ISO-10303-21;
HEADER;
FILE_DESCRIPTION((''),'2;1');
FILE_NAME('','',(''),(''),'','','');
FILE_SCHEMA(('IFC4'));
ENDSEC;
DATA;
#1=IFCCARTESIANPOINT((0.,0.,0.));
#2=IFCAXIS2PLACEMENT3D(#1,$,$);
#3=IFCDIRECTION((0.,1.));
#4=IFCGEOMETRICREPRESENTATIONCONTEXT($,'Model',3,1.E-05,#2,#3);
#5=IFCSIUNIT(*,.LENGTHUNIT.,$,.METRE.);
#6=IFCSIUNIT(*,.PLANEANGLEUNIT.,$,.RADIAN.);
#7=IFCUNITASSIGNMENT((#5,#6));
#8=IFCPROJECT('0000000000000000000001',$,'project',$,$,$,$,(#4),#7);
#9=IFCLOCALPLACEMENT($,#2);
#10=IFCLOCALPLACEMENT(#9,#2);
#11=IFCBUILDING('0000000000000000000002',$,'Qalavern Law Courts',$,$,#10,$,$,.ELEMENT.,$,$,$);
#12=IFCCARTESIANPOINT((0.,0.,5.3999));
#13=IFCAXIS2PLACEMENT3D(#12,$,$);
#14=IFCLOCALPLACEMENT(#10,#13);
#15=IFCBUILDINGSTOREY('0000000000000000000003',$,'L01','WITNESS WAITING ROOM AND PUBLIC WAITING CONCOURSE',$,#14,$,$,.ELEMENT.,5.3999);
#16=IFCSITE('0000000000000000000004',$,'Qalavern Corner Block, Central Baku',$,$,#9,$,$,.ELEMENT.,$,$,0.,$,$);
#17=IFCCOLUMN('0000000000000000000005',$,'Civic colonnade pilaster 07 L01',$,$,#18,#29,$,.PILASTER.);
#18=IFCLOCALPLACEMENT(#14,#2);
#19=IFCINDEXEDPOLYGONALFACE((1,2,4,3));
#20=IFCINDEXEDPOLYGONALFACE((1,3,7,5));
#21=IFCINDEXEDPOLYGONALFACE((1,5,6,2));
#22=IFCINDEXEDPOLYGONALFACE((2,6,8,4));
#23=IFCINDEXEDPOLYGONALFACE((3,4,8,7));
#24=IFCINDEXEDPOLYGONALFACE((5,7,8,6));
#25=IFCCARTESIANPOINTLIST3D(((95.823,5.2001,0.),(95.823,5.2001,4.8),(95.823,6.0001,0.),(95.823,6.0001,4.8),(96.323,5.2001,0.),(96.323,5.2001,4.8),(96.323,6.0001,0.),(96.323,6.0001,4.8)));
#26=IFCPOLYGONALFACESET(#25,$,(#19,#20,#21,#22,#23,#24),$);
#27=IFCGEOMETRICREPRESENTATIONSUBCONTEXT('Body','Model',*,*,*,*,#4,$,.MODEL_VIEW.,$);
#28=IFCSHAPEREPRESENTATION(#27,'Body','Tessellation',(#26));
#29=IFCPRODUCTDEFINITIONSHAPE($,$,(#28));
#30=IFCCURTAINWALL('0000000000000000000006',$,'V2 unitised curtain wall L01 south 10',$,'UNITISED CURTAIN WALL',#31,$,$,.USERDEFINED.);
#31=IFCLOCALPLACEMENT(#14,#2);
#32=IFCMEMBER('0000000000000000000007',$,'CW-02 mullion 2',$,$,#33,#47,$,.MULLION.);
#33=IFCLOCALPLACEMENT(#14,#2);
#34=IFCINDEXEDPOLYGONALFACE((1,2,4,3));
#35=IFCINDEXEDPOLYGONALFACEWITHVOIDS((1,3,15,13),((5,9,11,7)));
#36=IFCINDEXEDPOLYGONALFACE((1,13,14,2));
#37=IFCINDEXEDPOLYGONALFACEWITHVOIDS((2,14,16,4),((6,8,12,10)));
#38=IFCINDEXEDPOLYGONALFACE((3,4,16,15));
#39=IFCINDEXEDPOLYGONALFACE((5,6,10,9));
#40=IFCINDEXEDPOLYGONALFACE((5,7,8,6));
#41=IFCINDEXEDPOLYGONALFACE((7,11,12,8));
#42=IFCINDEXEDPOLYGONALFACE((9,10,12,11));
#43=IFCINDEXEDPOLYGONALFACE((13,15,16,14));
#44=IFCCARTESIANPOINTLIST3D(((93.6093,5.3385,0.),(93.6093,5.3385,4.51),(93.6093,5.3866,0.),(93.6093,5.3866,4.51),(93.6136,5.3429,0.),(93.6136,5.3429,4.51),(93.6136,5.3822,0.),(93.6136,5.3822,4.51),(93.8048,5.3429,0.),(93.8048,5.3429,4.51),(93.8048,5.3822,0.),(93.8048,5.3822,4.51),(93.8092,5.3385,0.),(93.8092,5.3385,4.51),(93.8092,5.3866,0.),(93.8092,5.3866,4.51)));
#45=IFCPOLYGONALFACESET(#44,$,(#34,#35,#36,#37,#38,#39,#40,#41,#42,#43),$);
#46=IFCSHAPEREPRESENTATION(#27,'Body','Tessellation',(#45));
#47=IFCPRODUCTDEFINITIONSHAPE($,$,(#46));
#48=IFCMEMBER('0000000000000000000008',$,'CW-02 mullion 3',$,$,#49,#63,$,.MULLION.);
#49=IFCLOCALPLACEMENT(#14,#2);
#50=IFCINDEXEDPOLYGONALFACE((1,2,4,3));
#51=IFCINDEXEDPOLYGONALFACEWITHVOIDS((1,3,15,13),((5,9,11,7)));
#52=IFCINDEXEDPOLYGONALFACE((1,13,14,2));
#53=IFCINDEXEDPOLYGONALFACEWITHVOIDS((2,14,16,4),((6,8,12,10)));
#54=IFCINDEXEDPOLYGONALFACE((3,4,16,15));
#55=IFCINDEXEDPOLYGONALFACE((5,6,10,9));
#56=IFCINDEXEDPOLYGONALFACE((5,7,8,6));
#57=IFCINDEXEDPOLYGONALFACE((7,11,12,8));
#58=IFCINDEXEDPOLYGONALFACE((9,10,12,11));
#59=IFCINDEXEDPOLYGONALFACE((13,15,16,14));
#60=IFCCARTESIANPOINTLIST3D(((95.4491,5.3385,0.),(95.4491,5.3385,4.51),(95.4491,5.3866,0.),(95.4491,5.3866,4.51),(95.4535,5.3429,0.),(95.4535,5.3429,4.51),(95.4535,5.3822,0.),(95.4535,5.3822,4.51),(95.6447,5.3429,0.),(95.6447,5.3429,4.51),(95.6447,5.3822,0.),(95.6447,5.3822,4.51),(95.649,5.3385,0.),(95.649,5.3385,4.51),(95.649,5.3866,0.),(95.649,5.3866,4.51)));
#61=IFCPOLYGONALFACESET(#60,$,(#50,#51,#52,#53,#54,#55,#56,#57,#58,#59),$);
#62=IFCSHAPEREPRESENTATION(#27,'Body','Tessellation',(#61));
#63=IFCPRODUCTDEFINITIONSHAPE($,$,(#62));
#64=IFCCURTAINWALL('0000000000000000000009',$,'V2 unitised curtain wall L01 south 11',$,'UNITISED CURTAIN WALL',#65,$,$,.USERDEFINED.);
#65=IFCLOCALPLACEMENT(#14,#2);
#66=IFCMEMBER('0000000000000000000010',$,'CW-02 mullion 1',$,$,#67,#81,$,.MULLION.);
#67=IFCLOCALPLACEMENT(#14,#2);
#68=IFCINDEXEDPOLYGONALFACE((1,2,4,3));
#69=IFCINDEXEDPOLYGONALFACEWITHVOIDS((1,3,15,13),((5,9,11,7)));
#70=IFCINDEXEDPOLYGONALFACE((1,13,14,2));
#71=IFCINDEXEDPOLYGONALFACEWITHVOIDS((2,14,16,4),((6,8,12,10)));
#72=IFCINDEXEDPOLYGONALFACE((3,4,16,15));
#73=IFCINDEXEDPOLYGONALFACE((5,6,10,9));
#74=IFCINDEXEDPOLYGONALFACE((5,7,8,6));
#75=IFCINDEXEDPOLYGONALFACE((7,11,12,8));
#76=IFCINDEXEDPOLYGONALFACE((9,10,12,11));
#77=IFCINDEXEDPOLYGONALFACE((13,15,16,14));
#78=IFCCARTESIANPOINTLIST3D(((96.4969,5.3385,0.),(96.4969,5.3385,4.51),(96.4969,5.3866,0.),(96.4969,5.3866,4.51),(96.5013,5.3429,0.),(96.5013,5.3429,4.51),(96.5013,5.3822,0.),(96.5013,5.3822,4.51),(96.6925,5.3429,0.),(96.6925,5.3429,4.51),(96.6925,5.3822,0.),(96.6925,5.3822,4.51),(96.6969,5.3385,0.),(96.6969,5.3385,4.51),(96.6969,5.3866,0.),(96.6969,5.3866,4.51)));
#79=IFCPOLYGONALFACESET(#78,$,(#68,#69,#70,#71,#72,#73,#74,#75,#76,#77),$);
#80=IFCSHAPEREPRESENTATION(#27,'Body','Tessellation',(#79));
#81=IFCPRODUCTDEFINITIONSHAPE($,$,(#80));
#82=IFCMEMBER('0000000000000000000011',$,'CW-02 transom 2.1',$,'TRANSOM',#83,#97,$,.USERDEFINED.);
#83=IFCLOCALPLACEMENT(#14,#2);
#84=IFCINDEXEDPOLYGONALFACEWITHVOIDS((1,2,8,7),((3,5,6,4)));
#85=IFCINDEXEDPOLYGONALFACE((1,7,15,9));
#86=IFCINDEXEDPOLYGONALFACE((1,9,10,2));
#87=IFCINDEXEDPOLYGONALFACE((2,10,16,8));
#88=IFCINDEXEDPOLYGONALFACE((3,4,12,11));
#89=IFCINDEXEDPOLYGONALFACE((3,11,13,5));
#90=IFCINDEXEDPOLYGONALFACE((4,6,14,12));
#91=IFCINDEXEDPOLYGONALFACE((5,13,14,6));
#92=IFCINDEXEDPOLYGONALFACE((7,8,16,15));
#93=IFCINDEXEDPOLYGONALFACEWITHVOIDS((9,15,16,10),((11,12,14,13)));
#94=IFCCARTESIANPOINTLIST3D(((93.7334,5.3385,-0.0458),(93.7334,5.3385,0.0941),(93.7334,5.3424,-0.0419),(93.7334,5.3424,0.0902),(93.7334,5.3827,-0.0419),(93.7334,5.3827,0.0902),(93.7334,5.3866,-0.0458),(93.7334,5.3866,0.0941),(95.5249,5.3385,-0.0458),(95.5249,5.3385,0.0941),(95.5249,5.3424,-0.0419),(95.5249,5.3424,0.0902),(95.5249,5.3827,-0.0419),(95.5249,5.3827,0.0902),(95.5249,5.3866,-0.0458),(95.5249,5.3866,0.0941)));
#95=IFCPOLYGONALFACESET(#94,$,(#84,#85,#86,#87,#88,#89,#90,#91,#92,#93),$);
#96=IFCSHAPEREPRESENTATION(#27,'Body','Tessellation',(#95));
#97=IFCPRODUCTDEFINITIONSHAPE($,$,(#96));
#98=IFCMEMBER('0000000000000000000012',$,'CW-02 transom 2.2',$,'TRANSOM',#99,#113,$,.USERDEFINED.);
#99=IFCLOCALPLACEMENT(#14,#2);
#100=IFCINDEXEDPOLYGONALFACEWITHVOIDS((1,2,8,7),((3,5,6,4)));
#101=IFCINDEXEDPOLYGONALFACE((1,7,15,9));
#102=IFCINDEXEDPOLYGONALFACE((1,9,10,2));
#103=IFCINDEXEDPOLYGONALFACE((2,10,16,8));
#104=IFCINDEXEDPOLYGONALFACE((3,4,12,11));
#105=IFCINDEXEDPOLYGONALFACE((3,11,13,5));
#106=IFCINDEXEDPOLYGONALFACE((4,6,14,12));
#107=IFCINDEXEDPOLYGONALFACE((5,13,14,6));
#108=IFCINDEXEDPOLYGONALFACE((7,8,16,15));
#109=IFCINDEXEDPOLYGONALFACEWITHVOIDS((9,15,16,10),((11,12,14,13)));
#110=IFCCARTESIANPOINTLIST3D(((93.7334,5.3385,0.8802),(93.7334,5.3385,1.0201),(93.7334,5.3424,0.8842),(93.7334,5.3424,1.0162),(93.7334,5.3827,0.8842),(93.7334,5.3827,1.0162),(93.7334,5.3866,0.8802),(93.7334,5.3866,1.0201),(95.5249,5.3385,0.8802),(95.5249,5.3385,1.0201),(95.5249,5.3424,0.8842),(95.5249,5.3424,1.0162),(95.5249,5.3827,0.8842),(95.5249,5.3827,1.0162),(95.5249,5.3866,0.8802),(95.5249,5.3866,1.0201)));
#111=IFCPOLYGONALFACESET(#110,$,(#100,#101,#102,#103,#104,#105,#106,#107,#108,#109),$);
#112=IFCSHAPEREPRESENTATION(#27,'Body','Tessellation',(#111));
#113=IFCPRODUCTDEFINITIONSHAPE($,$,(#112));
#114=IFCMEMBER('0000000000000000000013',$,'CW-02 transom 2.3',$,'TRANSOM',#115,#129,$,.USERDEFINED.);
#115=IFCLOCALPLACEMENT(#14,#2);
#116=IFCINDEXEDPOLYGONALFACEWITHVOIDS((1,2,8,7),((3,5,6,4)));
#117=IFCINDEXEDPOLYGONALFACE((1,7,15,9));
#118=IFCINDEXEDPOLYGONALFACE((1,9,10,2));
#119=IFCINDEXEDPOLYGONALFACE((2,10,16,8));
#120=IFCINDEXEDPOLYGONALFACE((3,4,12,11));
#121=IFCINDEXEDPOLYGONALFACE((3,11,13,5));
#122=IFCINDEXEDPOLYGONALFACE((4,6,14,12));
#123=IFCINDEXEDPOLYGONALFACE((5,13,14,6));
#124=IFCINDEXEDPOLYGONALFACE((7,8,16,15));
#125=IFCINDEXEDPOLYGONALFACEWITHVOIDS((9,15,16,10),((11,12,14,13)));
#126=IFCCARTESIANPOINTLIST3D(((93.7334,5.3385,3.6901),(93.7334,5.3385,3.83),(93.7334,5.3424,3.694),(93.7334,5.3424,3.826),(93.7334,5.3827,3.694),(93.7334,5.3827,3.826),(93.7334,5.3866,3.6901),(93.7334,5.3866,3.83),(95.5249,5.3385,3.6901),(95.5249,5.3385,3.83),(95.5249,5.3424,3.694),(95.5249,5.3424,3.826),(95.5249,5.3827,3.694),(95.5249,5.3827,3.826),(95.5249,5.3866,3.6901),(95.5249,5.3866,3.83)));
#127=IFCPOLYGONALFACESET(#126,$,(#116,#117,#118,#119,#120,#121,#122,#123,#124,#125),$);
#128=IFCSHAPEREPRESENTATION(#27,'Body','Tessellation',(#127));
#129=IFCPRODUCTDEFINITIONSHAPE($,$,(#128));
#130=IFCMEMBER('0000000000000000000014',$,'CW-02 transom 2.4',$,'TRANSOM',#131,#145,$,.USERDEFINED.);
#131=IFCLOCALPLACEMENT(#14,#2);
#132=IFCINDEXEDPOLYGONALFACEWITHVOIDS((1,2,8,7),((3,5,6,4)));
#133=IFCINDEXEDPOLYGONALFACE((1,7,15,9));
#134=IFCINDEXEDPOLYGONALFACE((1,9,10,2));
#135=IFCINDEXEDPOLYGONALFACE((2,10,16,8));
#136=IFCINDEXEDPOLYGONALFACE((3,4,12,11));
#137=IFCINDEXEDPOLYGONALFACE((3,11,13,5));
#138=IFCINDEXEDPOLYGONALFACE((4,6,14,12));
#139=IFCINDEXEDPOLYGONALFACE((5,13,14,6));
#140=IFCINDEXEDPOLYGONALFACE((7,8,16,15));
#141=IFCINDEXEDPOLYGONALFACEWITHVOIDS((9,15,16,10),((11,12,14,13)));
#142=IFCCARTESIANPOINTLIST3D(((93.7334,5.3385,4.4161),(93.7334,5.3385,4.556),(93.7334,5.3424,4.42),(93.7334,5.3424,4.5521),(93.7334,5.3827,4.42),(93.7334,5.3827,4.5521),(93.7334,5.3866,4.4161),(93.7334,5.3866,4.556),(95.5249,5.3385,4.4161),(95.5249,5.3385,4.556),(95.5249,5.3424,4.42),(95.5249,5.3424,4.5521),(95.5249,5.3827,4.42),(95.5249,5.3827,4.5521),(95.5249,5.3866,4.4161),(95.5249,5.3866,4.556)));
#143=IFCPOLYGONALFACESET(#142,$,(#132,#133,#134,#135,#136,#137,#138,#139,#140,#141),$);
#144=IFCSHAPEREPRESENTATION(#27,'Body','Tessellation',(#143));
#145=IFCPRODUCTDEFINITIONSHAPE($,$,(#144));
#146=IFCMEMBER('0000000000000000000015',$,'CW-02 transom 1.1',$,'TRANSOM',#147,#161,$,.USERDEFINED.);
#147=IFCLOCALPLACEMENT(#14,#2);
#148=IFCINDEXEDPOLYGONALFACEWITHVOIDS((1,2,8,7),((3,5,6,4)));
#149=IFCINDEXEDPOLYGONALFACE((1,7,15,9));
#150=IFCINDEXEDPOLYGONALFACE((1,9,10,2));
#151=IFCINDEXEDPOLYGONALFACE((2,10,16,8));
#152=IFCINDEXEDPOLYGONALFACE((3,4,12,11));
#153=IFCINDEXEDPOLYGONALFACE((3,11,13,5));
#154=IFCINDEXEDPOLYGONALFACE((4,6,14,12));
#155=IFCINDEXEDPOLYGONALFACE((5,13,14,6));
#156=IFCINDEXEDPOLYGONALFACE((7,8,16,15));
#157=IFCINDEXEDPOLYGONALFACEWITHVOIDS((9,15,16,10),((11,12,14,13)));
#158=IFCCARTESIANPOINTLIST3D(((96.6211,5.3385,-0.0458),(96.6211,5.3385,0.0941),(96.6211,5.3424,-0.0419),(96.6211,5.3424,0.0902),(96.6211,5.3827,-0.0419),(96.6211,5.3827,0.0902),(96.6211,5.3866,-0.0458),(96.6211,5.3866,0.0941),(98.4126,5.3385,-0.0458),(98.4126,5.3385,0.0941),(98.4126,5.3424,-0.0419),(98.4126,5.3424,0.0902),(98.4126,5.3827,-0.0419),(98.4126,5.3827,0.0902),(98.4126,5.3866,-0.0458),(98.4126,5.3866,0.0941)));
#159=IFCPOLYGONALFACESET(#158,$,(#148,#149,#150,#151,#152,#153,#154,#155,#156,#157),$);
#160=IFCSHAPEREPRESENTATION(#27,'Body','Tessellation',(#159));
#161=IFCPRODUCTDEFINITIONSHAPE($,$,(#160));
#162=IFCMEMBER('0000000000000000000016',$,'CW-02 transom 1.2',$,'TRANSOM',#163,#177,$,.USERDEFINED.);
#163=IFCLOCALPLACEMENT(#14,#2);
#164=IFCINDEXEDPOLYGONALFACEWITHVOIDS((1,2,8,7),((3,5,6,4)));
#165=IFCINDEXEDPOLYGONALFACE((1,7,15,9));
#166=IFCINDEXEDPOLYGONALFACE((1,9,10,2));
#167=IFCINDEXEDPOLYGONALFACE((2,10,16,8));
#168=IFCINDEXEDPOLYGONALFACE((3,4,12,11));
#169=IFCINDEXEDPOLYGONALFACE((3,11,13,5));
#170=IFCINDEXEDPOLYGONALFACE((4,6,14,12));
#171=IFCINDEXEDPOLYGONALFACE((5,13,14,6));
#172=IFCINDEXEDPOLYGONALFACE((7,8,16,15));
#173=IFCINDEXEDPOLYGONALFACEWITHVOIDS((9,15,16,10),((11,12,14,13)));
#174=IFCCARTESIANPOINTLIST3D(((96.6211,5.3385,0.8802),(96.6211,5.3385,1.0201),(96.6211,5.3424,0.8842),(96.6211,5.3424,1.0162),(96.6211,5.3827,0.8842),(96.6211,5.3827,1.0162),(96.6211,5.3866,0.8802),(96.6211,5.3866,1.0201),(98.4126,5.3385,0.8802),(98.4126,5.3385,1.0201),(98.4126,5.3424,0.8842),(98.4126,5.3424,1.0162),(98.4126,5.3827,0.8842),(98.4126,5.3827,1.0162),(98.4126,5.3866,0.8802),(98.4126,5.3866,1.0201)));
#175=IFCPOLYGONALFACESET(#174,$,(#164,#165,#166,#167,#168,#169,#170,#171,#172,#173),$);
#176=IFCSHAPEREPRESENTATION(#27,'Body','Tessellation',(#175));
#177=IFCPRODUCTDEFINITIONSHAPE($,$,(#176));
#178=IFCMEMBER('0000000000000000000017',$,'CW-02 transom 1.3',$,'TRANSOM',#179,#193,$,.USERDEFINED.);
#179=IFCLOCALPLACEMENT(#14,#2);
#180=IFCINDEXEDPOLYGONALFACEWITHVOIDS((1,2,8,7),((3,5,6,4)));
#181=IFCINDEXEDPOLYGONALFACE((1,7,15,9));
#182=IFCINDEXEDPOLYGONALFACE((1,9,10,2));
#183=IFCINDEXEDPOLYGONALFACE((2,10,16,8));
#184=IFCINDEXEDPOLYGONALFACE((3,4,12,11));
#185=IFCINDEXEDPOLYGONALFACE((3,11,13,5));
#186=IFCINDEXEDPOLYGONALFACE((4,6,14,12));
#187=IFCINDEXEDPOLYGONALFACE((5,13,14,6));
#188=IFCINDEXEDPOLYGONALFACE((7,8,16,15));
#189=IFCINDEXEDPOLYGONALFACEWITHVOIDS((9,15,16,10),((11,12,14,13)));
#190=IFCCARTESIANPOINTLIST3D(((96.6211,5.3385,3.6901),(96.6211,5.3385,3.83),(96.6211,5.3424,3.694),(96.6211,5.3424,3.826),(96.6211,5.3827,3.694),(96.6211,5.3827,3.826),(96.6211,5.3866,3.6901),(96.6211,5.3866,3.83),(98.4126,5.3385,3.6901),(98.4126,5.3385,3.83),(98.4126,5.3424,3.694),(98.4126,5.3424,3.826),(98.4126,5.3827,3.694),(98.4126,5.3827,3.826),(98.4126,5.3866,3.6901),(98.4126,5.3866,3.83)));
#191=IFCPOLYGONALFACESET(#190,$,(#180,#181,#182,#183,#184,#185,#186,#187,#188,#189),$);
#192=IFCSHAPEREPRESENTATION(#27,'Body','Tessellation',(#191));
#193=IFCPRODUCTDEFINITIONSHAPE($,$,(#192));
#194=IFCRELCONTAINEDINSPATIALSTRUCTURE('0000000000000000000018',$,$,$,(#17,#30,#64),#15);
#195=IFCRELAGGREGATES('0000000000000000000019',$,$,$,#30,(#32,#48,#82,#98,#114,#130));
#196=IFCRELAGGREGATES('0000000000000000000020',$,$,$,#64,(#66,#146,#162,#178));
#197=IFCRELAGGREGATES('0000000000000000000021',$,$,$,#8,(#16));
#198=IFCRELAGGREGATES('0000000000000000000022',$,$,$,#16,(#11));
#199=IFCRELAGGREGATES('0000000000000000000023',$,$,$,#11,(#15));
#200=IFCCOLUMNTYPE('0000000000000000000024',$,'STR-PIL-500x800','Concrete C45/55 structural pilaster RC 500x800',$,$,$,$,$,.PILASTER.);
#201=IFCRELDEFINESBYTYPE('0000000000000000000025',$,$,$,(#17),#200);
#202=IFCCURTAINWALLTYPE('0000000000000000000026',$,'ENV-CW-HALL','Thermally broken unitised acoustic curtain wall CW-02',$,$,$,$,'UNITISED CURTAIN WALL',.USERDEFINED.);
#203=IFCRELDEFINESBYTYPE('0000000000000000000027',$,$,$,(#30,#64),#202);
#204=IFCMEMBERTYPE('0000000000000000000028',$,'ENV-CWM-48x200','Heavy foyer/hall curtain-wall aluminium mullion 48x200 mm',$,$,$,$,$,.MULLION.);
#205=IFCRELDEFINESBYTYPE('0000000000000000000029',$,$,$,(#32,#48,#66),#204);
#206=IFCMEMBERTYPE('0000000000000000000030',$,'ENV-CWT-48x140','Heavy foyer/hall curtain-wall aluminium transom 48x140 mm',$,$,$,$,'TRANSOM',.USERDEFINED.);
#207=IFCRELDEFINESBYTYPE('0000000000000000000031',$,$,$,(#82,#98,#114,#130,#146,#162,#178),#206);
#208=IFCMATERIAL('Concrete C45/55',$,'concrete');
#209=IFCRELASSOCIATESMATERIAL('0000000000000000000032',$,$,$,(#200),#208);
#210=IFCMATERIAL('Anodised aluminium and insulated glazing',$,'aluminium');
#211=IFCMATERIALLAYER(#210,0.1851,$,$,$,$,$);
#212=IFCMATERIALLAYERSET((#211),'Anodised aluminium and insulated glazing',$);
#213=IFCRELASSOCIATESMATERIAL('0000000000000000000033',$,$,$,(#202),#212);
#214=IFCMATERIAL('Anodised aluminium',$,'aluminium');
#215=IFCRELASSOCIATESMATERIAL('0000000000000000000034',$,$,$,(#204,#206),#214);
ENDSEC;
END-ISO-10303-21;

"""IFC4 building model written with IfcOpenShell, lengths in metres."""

from ifc_helpers import new_model, si_unit, direction, frame, origin, origin_2d, place, context, subcontext, project, spatial, rectangle, hollow_rectangle, extrude, material, layer, layer_set, material_profile, profile_set, type_object, element, aggregate, save


model = new_model("IFC4")

# Units and contexts
model_context = context("Model", 3, precision=1e-05, world=origin(), true_north=direction((0.0, 1.0)))
body_context = subcontext(model_context, "Body", "Model", "MODEL_VIEW")
ifc_project = project(units=[si_unit("LENGTHUNIT", "METRE"), si_unit("PLANEANGLEUNIT", "RADIAN")], contexts=[model_context])

# Site, building, storey
site_placement = place(None, origin())
site = spatial("IfcSite", under=ifc_project, at=site_placement, Name="Qalavern Corner Block, Central Baku", CompositionType="ELEMENT", RefElevation=0.0)
building_placement = place(site_placement, origin())
building = spatial("IfcBuilding", under=site, at=building_placement, Name="Qalavern Law Courts", CompositionType="ELEMENT")
storey_placement = place(building_placement, frame((0.0, 0.0, 5.3999)))
storey = spatial("IfcBuildingStorey", under=building, at=storey_placement, Name="L01", Description="WITNESS WAITING ROOM AND PUBLIC WAITING CONCOURSE", CompositionType="ELEMENT", Elevation=5.3999)

# Column
ifc_material_1 = material(Name="Concrete C45/55", Category="concrete")
ifc_material_profile_1 = material_profile(ifc_material_1, rectangle(XDim=0.5, YDim=0.8, at=origin_2d()), Name="RC 500x800")
ifc_profile_set_1 = profile_set([ifc_material_profile_1], Name="Concrete C45/55")
column_type = type_object("IfcColumnType", Name="STR-PIL-500x800", Description="Concrete C45/55 structural pilaster RC 500x800", PredefinedType="PILASTER", material=ifc_profile_set_1)
column_placement = place(storey_placement, frame((96.073, 5.6001, 0.0), z_axis=(0.0, 0.0, 1.0), x_axis=(1.0, 0.0, 0.0)))
element("IfcColumn", 1, at=column_placement, inside=storey, type_object=column_type, Name="Civic colonnade pilaster 07 L01", PredefinedType="PILASTER", context=body_context, shape_type="SweptSolid", body=[
    extrude(rectangle(XDim=0.5, YDim=0.8, at=origin_2d()), origin(), (0.0, 0.0, 1.0), 4.8),
])

# Curtain wall, members
ifc_material_2 = material(Name="Anodised aluminium and insulated glazing", Category="aluminium")
ifc_layer_1 = layer(ifc_material_2, 0.1851)
ifc_layer_set_1 = layer_set([ifc_layer_1], Name="Anodised aluminium and insulated glazing")
curtain_wall_type = type_object("IfcCurtainWallType", Name="ENV-CW-HALL", Description="Thermally broken unitised acoustic curtain wall CW-02", ElementType="UNITISED CURTAIN WALL", PredefinedType="USERDEFINED", material=ifc_layer_set_1)
curtain_wall_1_placement = place(storey_placement, origin())
curtain_wall_1 = element("IfcCurtainWall", 2, at=curtain_wall_1_placement, inside=storey, type_object=curtain_wall_type, Name="V2 unitised curtain wall L01 south 10", ObjectType="UNITISED CURTAIN WALL", PredefinedType="USERDEFINED")
ifc_material_3 = material(Name="Anodised aluminium", Category="aluminium")
ifc_material_profile_2 = material_profile(ifc_material_3, hollow_rectangle(XDim=0.0481, YDim=0.2, WallThickness=0.0044, at=origin_2d()), Name="ALU MULLION 48x200")
ifc_profile_set_2 = profile_set([ifc_material_profile_2], Name="Anodised aluminium")
member_type_1 = type_object("IfcMemberType", Name="ENV-CWM-48x200", Description="Heavy foyer/hall curtain-wall aluminium mullion 48x200 mm", PredefinedType="MULLION", material=ifc_profile_set_2)
member_1_placement = place(storey_placement, frame((93.7092, 5.3625, 0.0), z_axis=(0.0, 0.0, 1.0), x_axis=(0.0, 1.0, 0.0)))
member_1 = element("IfcMember", 3, at=member_1_placement, type_object=member_type_1, Name="CW-02 mullion 2", PredefinedType="MULLION", context=body_context, shape_type="SweptSolid", body=[
    extrude(hollow_rectangle(XDim=0.0481, YDim=0.2, WallThickness=0.0044, at=origin_2d()), origin(), (0.0, 0.0, 1.0), 4.51),
])
member_2_placement = place(storey_placement, frame((95.5491, 5.3625, 0.0), z_axis=(0.0, 0.0, 1.0), x_axis=(0.0, 1.0, 0.0)))
member_2 = element("IfcMember", 4, at=member_2_placement, type_object=member_type_1, Name="CW-02 mullion 3", PredefinedType="MULLION", context=body_context, shape_type="SweptSolid", body=[
    extrude(hollow_rectangle(XDim=0.0481, YDim=0.2, WallThickness=0.0044, at=origin_2d()), origin(), (0.0, 0.0, 1.0), 4.51),
])

# Curtain wall, member
curtain_wall_2_placement = place(storey_placement, origin())
curtain_wall_2 = element("IfcCurtainWall", 5, at=curtain_wall_2_placement, inside=storey, type_object=curtain_wall_type, Name="V2 unitised curtain wall L01 south 11", ObjectType="UNITISED CURTAIN WALL", PredefinedType="USERDEFINED")
member_3_placement = place(storey_placement, frame((96.5969, 5.3625, 0.0), z_axis=(0.0, 0.0, 1.0), x_axis=(0.0, 1.0, 0.0)))
member_3 = element("IfcMember", 6, at=member_3_placement, type_object=member_type_1, Name="CW-02 mullion 1", PredefinedType="MULLION", context=body_context, shape_type="SweptSolid", body=[
    extrude(hollow_rectangle(XDim=0.0481, YDim=0.2, WallThickness=0.0044, at=origin_2d()), origin(), (0.0, 0.0, 1.0), 4.51),
])

# Members
ifc_material_profile_3 = material_profile(ifc_material_3, hollow_rectangle(XDim=0.0481, YDim=0.1399, WallThickness=0.0039, at=origin_2d()), Name="ALU TRANSOM 48x140")
ifc_profile_set_3 = profile_set([ifc_material_profile_3], Name="Anodised aluminium")
member_type_2 = type_object("IfcMemberType", Name="ENV-CWT-48x140", Description="Heavy foyer/hall curtain-wall aluminium transom 48x140 mm", ElementType="TRANSOM", PredefinedType="USERDEFINED", material=ifc_profile_set_3)
member_4_placement = place(storey_placement, frame((93.7334, 5.3625, 0.0242), z_axis=(1.0, 0.0, 0.0), x_axis=(0.0, 1.0, 0.0)))
member_4 = element("IfcMember", 7, at=member_4_placement, type_object=member_type_2, Name="CW-02 transom 2.1", ObjectType="TRANSOM", PredefinedType="USERDEFINED", context=body_context, shape_type="SweptSolid", body=[
    extrude(hollow_rectangle(XDim=0.0481, YDim=0.1399, WallThickness=0.0039, at=origin_2d()), origin(), (0.0, 0.0, 1.0), 1.7915),
])
member_5_placement = place(storey_placement, frame((93.7334, 5.3625, 0.9502), z_axis=(1.0, 0.0, 0.0), x_axis=(0.0, 1.0, 0.0)))
member_5 = element("IfcMember", 8, at=member_5_placement, type_object=member_type_2, Name="CW-02 transom 2.2", ObjectType="TRANSOM", PredefinedType="USERDEFINED", context=body_context, shape_type="SweptSolid", body=[
    extrude(hollow_rectangle(XDim=0.0481, YDim=0.1399, WallThickness=0.0039, at=origin_2d()), origin(), (0.0, 0.0, 1.0), 1.7915),
])
member_6_placement = place(storey_placement, frame((93.7334, 5.3625, 3.76), z_axis=(1.0, 0.0, 0.0), x_axis=(0.0, 1.0, 0.0)))
member_6 = element("IfcMember", 9, at=member_6_placement, type_object=member_type_2, Name="CW-02 transom 2.3", ObjectType="TRANSOM", PredefinedType="USERDEFINED", context=body_context, shape_type="SweptSolid", body=[
    extrude(hollow_rectangle(XDim=0.0481, YDim=0.1399, WallThickness=0.0039, at=origin_2d()), origin(), (0.0, 0.0, 1.0), 1.7915),
])
member_7_placement = place(storey_placement, frame((93.7334, 5.3625, 4.4861), z_axis=(1.0, 0.0, 0.0), x_axis=(0.0, 1.0, 0.0)))
member_7 = element("IfcMember", 10, at=member_7_placement, type_object=member_type_2, Name="CW-02 transom 2.4", ObjectType="TRANSOM", PredefinedType="USERDEFINED", context=body_context, shape_type="SweptSolid", body=[
    extrude(hollow_rectangle(XDim=0.0481, YDim=0.1399, WallThickness=0.0039, at=origin_2d()), origin(), (0.0, 0.0, 1.0), 1.7915),
])
member_8_placement = place(storey_placement, frame((96.6211, 5.3625, 0.0242), z_axis=(1.0, 0.0, 0.0), x_axis=(0.0, 1.0, 0.0)))
member_8 = element("IfcMember", 11, at=member_8_placement, type_object=member_type_2, Name="CW-02 transom 1.1", ObjectType="TRANSOM", PredefinedType="USERDEFINED", context=body_context, shape_type="SweptSolid", body=[
    extrude(hollow_rectangle(XDim=0.0481, YDim=0.1399, WallThickness=0.0039, at=origin_2d()), origin(), (0.0, 0.0, 1.0), 1.7915),
])
member_9_placement = place(storey_placement, frame((96.6211, 5.3625, 0.9502), z_axis=(1.0, 0.0, 0.0), x_axis=(0.0, 1.0, 0.0)))
member_9 = element("IfcMember", 12, at=member_9_placement, type_object=member_type_2, Name="CW-02 transom 1.2", ObjectType="TRANSOM", PredefinedType="USERDEFINED", context=body_context, shape_type="SweptSolid", body=[
    extrude(hollow_rectangle(XDim=0.0481, YDim=0.1399, WallThickness=0.0039, at=origin_2d()), origin(), (0.0, 0.0, 1.0), 1.7915),
])
member_10_placement = place(storey_placement, frame((96.6211, 5.3625, 3.76), z_axis=(1.0, 0.0, 0.0), x_axis=(0.0, 1.0, 0.0)))
member_10 = element("IfcMember", 13, at=member_10_placement, type_object=member_type_2, Name="CW-02 transom 1.3", ObjectType="TRANSOM", PredefinedType="USERDEFINED", context=body_context, shape_type="SweptSolid", body=[
    extrude(hollow_rectangle(XDim=0.0481, YDim=0.1399, WallThickness=0.0039, at=origin_2d()), origin(), (0.0, 0.0, 1.0), 1.7915),
])

aggregate(curtain_wall_1, [member_1, member_2, member_4, member_5, member_6, member_7])
aggregate(curtain_wall_2, [member_3, member_8, member_9, member_10])

save(model, "model.ifc")
